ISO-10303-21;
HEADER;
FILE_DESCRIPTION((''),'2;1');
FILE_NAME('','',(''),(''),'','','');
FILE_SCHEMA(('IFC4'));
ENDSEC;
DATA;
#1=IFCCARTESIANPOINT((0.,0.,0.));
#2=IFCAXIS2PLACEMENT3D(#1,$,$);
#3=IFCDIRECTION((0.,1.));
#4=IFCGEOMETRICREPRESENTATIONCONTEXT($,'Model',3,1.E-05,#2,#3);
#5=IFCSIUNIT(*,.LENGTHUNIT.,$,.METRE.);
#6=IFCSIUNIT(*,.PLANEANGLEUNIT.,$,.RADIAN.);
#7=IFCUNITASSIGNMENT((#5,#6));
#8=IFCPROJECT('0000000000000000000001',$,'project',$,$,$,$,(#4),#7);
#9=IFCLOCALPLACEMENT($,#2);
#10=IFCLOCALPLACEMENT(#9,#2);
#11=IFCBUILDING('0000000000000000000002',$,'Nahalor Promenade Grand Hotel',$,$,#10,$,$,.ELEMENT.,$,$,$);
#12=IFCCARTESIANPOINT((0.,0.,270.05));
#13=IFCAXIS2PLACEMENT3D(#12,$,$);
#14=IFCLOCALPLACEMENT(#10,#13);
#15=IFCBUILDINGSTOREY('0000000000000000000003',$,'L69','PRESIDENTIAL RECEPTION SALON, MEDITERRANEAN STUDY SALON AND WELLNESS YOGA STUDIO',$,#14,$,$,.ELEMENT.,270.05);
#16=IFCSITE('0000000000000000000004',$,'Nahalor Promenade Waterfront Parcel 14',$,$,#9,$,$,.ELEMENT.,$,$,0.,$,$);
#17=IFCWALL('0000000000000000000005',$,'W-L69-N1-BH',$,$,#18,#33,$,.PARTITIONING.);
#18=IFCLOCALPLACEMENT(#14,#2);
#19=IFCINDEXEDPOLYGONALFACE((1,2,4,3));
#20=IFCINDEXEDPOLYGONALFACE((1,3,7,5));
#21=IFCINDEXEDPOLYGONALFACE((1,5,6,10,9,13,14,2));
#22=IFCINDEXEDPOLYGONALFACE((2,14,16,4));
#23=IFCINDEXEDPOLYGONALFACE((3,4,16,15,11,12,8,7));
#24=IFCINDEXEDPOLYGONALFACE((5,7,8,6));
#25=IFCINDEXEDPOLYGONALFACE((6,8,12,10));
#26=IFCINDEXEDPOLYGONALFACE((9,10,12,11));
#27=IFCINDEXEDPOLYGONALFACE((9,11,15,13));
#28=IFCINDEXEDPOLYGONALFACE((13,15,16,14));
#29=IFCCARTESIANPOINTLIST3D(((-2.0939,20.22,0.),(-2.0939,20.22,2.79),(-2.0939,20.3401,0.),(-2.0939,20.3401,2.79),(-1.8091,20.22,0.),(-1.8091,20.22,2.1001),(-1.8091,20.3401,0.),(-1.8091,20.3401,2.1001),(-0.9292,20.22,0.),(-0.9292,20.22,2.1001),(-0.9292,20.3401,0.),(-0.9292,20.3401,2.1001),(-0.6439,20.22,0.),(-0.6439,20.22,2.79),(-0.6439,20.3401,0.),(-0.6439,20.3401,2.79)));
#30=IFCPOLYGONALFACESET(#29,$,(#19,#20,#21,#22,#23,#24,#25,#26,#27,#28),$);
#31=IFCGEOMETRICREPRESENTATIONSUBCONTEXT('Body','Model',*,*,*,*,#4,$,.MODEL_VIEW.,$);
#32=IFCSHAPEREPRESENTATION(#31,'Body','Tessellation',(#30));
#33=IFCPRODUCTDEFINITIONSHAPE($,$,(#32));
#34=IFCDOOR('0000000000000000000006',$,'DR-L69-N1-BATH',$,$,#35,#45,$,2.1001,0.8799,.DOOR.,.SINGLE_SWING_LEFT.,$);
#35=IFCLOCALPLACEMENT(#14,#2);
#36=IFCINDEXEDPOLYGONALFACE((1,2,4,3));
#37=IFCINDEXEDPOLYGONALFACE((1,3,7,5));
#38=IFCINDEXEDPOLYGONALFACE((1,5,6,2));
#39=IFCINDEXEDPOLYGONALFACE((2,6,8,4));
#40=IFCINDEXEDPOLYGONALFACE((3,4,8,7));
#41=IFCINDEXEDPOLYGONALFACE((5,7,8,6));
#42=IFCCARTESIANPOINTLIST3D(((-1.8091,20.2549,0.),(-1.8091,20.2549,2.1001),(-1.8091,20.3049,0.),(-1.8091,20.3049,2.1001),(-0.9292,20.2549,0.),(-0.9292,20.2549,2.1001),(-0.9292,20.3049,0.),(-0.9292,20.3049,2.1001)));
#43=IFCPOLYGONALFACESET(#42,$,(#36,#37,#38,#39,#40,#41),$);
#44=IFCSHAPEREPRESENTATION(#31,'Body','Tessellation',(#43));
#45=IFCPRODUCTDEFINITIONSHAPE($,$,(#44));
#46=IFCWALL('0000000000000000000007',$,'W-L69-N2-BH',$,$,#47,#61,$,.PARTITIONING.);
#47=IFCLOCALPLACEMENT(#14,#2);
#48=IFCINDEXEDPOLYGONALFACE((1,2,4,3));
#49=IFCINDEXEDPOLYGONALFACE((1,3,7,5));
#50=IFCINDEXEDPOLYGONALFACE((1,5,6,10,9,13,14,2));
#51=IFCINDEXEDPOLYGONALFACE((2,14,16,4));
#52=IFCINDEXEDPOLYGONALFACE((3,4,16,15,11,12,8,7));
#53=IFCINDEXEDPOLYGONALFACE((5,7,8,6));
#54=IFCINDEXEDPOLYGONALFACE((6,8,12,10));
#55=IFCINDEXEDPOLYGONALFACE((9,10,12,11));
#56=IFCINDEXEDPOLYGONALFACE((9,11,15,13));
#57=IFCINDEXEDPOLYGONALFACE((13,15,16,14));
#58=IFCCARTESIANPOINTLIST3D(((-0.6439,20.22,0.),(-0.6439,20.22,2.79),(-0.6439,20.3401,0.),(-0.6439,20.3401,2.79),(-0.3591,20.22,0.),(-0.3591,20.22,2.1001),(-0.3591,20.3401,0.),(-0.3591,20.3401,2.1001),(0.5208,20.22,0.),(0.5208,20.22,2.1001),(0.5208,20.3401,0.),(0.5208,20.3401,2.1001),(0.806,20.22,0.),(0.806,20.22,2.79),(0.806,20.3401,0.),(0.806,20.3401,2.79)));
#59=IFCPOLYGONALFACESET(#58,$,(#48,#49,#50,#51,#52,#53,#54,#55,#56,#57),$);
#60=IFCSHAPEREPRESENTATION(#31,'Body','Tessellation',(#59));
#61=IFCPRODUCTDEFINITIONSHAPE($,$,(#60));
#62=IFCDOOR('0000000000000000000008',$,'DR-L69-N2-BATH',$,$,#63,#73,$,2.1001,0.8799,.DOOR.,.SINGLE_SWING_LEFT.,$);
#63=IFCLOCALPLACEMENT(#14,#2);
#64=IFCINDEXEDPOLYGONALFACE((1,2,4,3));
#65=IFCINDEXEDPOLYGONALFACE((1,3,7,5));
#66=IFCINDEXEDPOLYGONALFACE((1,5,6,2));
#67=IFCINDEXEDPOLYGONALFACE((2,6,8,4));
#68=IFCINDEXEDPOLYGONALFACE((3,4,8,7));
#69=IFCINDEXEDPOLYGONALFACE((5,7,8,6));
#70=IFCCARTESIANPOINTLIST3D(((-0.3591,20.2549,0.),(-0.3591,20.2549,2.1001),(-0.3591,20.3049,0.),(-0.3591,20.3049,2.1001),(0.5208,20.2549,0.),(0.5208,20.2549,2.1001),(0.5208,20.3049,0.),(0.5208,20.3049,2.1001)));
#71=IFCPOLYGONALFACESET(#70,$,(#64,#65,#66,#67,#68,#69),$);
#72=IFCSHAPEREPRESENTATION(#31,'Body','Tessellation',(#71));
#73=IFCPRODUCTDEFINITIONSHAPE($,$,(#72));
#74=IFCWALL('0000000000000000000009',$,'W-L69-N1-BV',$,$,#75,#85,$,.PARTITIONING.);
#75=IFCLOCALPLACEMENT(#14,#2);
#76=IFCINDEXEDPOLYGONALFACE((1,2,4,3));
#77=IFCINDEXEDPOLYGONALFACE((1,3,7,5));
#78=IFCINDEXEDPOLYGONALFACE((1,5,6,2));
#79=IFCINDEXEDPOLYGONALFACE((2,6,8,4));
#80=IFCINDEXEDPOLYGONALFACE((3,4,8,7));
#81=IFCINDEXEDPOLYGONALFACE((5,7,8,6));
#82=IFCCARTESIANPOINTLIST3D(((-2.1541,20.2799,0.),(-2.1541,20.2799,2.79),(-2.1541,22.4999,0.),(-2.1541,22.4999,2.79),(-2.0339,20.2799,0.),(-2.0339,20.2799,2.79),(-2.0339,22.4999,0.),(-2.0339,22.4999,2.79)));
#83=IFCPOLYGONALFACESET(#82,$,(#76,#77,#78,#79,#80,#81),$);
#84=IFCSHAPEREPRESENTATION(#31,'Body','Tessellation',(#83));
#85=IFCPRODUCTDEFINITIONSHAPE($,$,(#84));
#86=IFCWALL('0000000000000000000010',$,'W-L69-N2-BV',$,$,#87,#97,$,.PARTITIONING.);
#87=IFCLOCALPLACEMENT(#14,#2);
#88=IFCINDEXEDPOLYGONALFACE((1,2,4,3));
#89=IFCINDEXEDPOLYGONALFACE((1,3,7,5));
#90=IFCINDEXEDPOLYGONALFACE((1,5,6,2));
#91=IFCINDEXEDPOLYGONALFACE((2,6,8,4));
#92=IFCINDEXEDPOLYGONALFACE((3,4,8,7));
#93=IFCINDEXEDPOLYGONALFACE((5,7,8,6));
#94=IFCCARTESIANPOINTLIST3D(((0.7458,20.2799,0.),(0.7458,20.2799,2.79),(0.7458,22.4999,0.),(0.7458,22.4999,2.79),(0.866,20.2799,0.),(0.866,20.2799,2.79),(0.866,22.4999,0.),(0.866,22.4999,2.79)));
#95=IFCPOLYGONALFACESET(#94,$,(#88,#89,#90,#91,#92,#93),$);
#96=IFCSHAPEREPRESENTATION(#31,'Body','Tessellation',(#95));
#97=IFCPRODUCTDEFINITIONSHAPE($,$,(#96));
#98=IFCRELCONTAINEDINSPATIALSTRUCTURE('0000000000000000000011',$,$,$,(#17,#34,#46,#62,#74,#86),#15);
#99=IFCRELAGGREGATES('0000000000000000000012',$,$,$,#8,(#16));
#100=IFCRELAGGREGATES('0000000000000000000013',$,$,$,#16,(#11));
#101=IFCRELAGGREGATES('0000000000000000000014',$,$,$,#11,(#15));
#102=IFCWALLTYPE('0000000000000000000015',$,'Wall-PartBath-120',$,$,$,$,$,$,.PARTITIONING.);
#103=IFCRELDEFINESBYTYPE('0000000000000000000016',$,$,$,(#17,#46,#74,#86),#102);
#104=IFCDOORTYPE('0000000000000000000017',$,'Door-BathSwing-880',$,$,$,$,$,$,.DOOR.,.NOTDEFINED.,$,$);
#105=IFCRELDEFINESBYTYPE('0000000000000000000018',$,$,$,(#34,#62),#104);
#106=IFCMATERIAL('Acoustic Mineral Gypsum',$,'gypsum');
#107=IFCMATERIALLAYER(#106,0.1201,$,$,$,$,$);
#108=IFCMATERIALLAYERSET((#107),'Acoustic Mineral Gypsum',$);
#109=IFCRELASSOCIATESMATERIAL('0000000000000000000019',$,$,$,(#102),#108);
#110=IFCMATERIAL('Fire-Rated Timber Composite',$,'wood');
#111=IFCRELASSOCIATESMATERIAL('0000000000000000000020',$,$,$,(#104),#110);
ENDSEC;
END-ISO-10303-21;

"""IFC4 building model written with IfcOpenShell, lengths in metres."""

from ifc_helpers import new_model, si_unit, direction, frame, frame_2d, origin, place, context, subcontext, project, spatial, rectangle, extrude, source, transform, mapped, material, layer, layer_set, type_object, element, fill, save


model = new_model("IFC4")

# Units and contexts
model_context = context("Model", 3, precision=1e-05, world=origin(), true_north=direction((0.0, 1.0)))
body_context = subcontext(model_context, "Body", "Model", "MODEL_VIEW")
ifc_project = project(units=[si_unit("LENGTHUNIT", "METRE"), si_unit("PLANEANGLEUNIT", "RADIAN")], contexts=[model_context])

# Site, building, storey
site_placement = place(None, origin())
site = spatial("IfcSite", under=ifc_project, at=site_placement, Name="Nahalor Promenade Waterfront Parcel 14", CompositionType="ELEMENT", RefElevation=0.0)
building_placement = place(site_placement, origin())
building = spatial("IfcBuilding", under=site, at=building_placement, Name="Nahalor Promenade Grand Hotel", CompositionType="ELEMENT")
storey_placement = place(building_placement, frame((0.0, 0.0, 270.05)))
storey = spatial("IfcBuildingStorey", under=building, at=storey_placement, Name="L69", Description="PRESIDENTIAL RECEPTION SALON, MEDITERRANEAN STUDY SALON AND WELLNESS YOGA STUDIO", CompositionType="ELEMENT", Elevation=270.05)

# Walls, openings, doors
ifc_material_1 = material(Name="Acoustic Mineral Gypsum", Category="gypsum")
ifc_layer_1 = layer(ifc_material_1, 0.1201)
ifc_layer_set_1 = layer_set([ifc_layer_1], Name="Acoustic Mineral Gypsum")
wall_type_1 = type_object("IfcWallType", Name="Wall-PartBath-120", PredefinedType="PARTITIONING", material=ifc_layer_set_1)
shared_shape_1 = source(origin(), body_context, "Body", "SweptSolid", [
    extrude(rectangle(XDim=1.45, YDim=0.1201, at=frame_2d((0.7251, 0.0))), origin(), (0.0, 0.0, 1.0), 2.79),
])
wall_1_placement = place(storey_placement, frame((-2.094, 20.28, 0.0), z_axis=(0.0, 0.0, 1.0), x_axis=(1.0, 0.0, 0.0)))
wall_1 = element("IfcWall", 1, at=wall_1_placement, inside=storey, type_object=wall_type_1, Name="W-L69-N1-BH", PredefinedType="PARTITIONING", context=body_context, shape_type="MappedRepresentation", body=[
    mapped(shared_shape_1, transform((0.0, 0.0, 0.0), scale=1.0)),
])
opening_1_placement = place(wall_1_placement, frame((0.2849, 0.0, 0.0)))
opening_1 = element("IfcOpeningElement", 2, at=opening_1_placement, cuts=wall_1, PredefinedType="OPENING", context=body_context, shape_type="SweptSolid", body=[
    extrude(rectangle(XDim=0.8799, YDim=2.1001, at=frame_2d((0.4399, 1.05))), frame((0.0, 0.0701, 0.0), z_axis=(0.0, -1.0, 0.0), x_axis=(1.0, 0.0, 0.0)), (0.0, 0.0, 1.0), 0.1401),
])
ifc_material_2 = material(Name="Fire-Rated Timber Composite", Category="wood")
door_type = type_object("IfcDoorType", Name="Door-BathSwing-880", OperationType="NOTDEFINED", PredefinedType="DOOR", material=ifc_material_2)
shared_shape_2 = source(origin(), body_context, "Body", "SweptSolid", [
    extrude(rectangle(XDim=0.8799, YDim=2.1001, at=frame_2d((0.4399, 1.05))), frame((0.0, 0.0249, 0.0), z_axis=(0.0, -1.0, 0.0), x_axis=(1.0, 0.0, 0.0)), (0.0, 0.0, 1.0), 0.05),
])
door_1_placement = place(opening_1_placement, origin())
door_1 = element("IfcDoor", 3, at=door_1_placement, inside=storey, type_object=door_type, Name="DR-L69-N1-BATH", OperationType="SINGLE_SWING_LEFT", OverallHeight=2.1001, OverallWidth=0.8799, PredefinedType="DOOR", context=body_context, shape_type="MappedRepresentation", body=[
    mapped(shared_shape_2, transform((0.0, 0.0, 0.0), scale=1.0)),
])
fill(opening_1, door_1)
wall_2_placement = place(storey_placement, frame((-0.644, 20.28, 0.0), z_axis=(0.0, 0.0, 1.0), x_axis=(1.0, 0.0, 0.0)))
wall_2 = element("IfcWall", 4, at=wall_2_placement, inside=storey, type_object=wall_type_1, Name="W-L69-N2-BH", PredefinedType="PARTITIONING", context=body_context, shape_type="MappedRepresentation", body=[
    mapped(shared_shape_1, transform((0.0, 0.0, 0.0), scale=1.0)),
])
opening_2_placement = place(wall_2_placement, frame((0.2849, 0.0, 0.0)))
opening_2 = element("IfcOpeningElement", 5, at=opening_2_placement, cuts=wall_2, PredefinedType="OPENING", context=body_context, shape_type="SweptSolid", body=[
    extrude(rectangle(XDim=0.8799, YDim=2.1001, at=frame_2d((0.4399, 1.05))), frame((0.0, 0.0701, 0.0), z_axis=(0.0, -1.0, 0.0), x_axis=(1.0, 0.0, 0.0)), (0.0, 0.0, 1.0), 0.1401),
])
door_2_placement = place(opening_2_placement, origin())
door_2 = element("IfcDoor", 6, at=door_2_placement, inside=storey, type_object=door_type, Name="DR-L69-N2-BATH", OperationType="SINGLE_SWING_LEFT", OverallHeight=2.1001, OverallWidth=0.8799, PredefinedType="DOOR", context=body_context, shape_type="MappedRepresentation", body=[
    mapped(shared_shape_2, transform((0.0, 0.0, 0.0), scale=1.0)),
])
fill(opening_2, door_2)

# Walls
shared_shape_3 = source(origin(), body_context, "Body", "SweptSolid", [
    extrude(rectangle(XDim=2.22, YDim=0.1201, at=frame_2d((1.1099, 0.0))), origin(), (0.0, 0.0, 1.0), 2.79),
])
for number, where, z_axis, x_axis, name in (
    (7, (-2.094, 20.28, 0.0), (0.0, 0.0, 1.0), (0.0, 1.0, 0.0), "W-L69-N1-BV"),
    (8, (0.8059, 20.28, 0.0), (0.0, 0.0, 1.0), (0.0, 1.0, 0.0), "W-L69-N2-BV"),
):
    element("IfcWall", number, at=place(storey_placement, frame(where, z_axis=z_axis, x_axis=x_axis)), inside=storey, type_object=wall_type_1, Name=name, PredefinedType="PARTITIONING", context=body_context, shape_type="MappedRepresentation", body=[
        mapped(shared_shape_3, transform((0.0, 0.0, 0.0), scale=1.0)),
    ])

save(model, "model.ifc")
